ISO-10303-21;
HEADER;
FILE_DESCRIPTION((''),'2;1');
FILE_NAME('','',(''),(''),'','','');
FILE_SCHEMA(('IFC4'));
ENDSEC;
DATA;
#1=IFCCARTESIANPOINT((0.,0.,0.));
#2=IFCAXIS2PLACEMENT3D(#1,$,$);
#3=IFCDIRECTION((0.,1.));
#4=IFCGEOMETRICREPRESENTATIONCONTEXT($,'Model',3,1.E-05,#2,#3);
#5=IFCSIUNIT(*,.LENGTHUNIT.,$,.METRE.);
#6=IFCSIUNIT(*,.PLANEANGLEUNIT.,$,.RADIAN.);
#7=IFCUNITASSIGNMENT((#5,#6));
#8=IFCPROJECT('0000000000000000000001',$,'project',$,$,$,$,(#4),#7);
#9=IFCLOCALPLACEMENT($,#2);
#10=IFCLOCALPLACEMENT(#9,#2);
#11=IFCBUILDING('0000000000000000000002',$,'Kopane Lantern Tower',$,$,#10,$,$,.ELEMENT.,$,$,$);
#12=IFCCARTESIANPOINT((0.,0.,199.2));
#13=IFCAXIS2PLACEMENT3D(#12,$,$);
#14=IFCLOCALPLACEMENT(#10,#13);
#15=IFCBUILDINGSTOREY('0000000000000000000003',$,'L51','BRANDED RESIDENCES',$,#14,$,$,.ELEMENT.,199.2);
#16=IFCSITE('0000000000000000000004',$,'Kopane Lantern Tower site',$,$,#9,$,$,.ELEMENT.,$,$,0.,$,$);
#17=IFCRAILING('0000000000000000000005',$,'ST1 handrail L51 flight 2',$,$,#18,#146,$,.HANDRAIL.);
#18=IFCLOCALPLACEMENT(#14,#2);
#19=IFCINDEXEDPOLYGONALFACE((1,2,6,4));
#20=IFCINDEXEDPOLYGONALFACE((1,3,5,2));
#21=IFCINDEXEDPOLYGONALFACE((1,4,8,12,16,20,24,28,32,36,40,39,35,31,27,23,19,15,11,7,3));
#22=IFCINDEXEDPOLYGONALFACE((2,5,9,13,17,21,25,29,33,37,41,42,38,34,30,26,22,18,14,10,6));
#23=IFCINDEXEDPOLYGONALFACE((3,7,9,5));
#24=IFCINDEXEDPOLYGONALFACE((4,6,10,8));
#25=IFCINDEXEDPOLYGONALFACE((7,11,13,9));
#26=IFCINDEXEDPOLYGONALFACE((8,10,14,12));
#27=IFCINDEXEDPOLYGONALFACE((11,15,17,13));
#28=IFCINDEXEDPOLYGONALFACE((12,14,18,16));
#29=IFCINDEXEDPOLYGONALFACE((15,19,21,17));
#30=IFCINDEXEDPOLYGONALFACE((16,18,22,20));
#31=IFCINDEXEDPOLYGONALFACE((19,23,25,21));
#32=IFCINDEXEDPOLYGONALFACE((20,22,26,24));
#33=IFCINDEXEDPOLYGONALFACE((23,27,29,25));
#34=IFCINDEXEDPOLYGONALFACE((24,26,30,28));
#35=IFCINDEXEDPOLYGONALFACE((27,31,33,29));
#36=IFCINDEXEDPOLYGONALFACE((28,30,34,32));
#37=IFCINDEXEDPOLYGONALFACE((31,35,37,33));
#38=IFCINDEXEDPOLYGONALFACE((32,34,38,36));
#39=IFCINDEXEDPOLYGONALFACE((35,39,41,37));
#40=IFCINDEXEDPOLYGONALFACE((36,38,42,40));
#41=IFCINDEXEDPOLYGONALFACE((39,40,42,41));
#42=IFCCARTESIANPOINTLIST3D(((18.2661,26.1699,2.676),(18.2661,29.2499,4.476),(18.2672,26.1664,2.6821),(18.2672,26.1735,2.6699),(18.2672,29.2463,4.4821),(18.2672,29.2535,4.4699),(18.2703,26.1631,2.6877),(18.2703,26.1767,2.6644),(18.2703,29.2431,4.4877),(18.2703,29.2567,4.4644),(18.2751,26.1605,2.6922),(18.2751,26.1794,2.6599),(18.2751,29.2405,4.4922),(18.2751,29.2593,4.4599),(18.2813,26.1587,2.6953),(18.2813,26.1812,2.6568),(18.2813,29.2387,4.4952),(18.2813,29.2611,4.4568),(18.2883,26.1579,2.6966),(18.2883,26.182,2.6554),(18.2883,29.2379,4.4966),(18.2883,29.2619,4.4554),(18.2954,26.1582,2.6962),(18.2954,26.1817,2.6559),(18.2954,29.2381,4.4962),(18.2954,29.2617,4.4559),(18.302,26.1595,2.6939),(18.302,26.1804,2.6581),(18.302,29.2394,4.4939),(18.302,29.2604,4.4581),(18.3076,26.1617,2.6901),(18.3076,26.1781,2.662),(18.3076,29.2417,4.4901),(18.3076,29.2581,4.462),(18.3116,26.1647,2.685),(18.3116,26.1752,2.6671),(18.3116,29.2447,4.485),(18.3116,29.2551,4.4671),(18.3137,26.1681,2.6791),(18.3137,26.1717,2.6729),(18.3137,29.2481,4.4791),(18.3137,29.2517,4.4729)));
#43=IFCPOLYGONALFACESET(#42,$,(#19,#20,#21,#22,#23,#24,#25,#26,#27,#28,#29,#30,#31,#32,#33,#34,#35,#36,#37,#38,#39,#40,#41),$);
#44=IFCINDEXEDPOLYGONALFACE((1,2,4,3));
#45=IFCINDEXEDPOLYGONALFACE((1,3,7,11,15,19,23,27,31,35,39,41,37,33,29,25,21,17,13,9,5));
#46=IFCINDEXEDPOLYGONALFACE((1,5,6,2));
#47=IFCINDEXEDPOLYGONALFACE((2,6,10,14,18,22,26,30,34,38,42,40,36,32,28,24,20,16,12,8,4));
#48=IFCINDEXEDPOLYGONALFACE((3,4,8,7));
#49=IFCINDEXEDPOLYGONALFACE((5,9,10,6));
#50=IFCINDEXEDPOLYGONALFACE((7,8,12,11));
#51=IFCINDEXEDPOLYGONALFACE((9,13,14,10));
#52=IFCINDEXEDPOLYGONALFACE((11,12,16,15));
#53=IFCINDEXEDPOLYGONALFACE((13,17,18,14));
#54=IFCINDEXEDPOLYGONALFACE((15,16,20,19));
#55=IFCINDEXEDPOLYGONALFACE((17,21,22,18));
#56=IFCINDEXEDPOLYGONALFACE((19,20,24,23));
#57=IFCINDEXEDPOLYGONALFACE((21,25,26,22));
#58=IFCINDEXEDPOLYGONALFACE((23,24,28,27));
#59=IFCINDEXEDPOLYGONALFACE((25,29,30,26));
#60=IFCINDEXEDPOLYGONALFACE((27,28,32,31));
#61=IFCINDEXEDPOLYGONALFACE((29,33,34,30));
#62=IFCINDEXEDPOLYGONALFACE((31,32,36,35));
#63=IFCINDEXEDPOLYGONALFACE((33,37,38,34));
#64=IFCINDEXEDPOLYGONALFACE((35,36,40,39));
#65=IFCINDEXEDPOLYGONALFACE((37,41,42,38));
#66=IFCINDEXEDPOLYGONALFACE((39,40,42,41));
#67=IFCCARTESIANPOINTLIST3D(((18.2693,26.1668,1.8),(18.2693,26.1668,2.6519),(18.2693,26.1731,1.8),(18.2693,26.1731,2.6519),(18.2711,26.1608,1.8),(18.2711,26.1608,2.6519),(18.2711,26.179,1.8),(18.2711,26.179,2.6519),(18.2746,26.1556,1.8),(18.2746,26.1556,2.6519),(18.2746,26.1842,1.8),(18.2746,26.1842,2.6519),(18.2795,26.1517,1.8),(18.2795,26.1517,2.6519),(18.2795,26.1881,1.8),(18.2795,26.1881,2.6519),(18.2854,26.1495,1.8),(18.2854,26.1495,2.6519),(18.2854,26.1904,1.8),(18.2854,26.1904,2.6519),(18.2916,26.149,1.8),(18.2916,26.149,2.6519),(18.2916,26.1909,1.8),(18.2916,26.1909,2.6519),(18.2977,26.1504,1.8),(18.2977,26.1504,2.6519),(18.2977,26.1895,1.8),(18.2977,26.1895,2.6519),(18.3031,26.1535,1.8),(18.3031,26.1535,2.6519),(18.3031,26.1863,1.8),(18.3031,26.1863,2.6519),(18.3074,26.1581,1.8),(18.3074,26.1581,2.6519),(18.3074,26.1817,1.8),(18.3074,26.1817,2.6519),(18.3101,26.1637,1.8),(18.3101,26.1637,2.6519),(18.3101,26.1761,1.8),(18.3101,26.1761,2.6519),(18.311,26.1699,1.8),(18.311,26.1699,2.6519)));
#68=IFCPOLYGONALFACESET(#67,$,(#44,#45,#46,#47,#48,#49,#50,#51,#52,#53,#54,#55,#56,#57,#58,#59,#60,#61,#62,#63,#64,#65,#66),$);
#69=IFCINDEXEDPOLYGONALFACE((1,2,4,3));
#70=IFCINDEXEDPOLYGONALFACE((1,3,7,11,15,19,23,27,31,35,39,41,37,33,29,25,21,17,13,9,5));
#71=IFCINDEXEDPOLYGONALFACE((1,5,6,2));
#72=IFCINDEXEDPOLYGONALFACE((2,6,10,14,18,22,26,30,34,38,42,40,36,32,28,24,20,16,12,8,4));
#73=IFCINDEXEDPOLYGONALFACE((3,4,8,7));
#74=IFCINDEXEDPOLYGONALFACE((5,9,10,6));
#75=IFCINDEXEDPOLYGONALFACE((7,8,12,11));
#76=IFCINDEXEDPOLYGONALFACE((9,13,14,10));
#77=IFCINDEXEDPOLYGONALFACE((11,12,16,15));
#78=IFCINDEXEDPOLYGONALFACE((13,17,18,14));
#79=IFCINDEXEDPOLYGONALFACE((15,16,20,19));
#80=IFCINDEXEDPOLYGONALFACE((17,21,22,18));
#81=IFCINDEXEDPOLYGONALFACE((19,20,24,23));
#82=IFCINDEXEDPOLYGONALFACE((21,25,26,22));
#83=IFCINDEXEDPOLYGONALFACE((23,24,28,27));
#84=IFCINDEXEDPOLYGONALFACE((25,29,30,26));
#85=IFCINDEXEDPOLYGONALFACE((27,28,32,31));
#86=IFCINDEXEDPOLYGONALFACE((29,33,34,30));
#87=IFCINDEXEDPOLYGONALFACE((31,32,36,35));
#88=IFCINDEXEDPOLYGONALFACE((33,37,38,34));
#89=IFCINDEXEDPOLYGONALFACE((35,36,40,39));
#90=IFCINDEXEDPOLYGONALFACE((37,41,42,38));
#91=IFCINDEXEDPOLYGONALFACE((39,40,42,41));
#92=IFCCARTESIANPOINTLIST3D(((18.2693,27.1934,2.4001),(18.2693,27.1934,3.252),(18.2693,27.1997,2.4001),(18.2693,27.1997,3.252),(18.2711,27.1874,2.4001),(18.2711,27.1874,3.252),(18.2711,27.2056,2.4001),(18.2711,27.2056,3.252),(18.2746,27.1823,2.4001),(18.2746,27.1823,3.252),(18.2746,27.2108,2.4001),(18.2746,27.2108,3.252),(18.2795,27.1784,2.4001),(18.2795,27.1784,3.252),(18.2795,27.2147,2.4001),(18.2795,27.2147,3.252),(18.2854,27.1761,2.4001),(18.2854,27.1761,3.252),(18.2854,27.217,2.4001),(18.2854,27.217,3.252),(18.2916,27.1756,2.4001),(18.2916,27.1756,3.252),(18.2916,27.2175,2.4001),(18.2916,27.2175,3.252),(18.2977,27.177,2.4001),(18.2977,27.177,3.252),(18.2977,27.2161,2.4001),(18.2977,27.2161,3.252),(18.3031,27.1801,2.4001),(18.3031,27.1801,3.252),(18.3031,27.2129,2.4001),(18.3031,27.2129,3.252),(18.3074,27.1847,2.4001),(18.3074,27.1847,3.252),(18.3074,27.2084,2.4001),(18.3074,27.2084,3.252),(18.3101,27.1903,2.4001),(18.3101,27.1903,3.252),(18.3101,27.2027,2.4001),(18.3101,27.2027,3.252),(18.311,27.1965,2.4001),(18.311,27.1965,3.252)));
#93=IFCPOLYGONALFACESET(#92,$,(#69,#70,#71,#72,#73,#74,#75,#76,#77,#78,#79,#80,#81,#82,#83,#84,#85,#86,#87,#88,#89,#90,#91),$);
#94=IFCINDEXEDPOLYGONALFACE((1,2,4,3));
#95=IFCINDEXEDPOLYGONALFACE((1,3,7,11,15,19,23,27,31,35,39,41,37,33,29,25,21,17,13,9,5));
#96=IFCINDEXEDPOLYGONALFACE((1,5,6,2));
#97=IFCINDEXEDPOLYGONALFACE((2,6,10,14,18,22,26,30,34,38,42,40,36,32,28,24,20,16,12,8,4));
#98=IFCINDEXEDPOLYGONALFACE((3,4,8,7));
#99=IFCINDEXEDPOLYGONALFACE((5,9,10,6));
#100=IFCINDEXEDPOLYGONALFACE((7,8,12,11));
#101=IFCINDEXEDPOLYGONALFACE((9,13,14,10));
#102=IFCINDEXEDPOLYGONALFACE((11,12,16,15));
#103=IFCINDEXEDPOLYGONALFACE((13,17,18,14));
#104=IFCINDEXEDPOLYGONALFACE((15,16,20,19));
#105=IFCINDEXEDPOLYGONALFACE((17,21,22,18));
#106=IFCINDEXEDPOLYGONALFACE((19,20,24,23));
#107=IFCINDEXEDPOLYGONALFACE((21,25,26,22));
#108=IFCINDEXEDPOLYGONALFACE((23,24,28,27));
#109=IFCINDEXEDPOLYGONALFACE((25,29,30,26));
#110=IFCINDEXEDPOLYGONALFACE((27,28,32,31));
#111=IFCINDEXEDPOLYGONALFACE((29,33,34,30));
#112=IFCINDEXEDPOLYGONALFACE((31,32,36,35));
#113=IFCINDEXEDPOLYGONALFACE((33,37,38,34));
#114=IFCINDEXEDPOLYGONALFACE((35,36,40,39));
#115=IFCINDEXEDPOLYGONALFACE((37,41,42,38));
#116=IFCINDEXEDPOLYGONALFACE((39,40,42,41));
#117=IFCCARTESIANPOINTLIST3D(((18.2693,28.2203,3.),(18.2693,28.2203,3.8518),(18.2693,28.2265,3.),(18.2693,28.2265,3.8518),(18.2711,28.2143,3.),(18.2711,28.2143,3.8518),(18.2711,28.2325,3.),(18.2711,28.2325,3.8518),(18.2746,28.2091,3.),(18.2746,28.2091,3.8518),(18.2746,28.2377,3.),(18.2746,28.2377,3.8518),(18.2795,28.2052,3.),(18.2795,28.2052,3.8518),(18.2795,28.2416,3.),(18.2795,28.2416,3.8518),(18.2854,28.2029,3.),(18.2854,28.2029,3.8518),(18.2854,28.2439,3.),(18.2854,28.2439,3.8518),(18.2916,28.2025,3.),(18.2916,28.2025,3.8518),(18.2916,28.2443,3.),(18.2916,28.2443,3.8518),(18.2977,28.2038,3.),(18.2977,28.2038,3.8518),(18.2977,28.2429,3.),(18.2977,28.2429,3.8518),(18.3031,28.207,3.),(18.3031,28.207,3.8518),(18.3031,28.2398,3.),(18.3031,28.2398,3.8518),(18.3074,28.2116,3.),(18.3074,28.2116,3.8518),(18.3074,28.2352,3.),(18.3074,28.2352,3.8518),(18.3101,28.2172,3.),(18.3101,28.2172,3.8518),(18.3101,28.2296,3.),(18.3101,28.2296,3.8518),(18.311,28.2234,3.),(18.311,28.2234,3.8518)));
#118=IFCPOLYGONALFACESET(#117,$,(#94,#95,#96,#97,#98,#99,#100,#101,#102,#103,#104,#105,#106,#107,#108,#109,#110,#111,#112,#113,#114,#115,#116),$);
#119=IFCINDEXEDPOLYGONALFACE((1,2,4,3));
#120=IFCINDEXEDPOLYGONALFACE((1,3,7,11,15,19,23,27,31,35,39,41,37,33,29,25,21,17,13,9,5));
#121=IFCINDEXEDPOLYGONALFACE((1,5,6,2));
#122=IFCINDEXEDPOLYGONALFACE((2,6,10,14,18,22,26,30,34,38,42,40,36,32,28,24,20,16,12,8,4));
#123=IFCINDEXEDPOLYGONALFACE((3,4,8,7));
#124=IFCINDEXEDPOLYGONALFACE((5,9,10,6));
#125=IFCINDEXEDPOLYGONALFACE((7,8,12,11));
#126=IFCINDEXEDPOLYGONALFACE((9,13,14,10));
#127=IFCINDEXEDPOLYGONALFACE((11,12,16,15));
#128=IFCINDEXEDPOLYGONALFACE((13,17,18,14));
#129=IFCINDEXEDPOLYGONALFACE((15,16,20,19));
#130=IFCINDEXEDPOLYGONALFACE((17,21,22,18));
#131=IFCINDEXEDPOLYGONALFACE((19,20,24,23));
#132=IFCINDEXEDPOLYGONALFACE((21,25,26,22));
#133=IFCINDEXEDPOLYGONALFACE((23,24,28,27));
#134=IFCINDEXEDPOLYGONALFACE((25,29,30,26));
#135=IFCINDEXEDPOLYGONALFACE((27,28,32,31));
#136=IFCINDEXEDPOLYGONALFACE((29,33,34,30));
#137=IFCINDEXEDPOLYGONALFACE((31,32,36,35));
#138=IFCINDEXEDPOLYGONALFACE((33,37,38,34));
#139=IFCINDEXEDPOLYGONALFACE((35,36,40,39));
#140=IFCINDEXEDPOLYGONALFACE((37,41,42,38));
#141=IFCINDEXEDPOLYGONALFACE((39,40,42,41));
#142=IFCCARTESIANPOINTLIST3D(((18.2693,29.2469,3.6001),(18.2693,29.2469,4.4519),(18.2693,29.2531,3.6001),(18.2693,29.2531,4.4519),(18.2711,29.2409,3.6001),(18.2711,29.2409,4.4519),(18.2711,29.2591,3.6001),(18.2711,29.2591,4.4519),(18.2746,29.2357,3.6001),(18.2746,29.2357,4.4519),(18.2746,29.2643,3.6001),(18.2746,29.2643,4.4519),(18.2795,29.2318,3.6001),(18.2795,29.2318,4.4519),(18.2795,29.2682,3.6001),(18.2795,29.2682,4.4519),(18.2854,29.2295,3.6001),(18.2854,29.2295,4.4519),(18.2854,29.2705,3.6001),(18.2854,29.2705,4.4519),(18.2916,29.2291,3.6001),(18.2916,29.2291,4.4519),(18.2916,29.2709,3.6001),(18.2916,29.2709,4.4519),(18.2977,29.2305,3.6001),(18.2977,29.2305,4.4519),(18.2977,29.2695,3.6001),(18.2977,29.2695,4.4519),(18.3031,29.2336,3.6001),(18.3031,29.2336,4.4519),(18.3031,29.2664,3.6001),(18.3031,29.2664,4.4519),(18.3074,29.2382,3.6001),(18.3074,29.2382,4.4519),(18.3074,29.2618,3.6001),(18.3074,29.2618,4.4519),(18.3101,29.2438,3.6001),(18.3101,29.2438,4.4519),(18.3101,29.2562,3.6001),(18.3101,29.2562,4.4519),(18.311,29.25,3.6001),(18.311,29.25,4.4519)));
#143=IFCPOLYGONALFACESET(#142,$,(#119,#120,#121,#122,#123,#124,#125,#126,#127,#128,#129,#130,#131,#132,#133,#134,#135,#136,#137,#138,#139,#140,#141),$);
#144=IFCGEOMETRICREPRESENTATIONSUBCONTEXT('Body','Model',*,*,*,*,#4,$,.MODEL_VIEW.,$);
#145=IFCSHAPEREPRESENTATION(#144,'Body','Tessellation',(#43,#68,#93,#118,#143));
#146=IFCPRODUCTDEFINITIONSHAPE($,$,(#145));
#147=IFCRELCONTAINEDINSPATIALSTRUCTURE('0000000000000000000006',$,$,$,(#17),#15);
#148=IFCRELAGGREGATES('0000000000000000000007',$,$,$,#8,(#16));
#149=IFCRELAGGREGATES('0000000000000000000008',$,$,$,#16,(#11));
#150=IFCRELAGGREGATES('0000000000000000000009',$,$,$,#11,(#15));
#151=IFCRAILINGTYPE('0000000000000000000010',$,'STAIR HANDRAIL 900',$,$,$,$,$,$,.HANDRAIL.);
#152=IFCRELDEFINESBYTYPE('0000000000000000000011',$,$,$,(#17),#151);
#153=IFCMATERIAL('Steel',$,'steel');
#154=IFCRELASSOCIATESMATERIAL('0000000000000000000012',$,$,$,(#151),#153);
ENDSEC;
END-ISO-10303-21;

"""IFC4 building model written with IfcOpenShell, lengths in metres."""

from ifc_helpers import new_model, si_unit, direction, frame, origin, origin_2d, place, context, subcontext, project, spatial, circle, extrude, material, type_object, element, save


model = new_model("IFC4")

# Units and contexts
model_context = context("Model", 3, precision=1e-05, world=origin(), true_north=direction((0.0, 1.0)))
body_context = subcontext(model_context, "Body", "Model", "MODEL_VIEW")
ifc_project = project(units=[si_unit("LENGTHUNIT", "METRE"), si_unit("PLANEANGLEUNIT", "RADIAN")], contexts=[model_context])

# Site, building, storey
site_placement = place(None, origin())
site = spatial("IfcSite", under=ifc_project, at=site_placement, Name="Kopane Lantern Tower site", CompositionType="ELEMENT", RefElevation=0.0)
building_placement = place(site_placement, origin())
building = spatial("IfcBuilding", under=site, at=building_placement, Name="Kopane Lantern Tower", CompositionType="ELEMENT")
storey_placement = place(building_placement, frame((0.0, 0.0, 199.2)))
storey = spatial("IfcBuildingStorey", under=building, at=storey_placement, Name="L51", Description="BRANDED RESIDENCES", CompositionType="ELEMENT", Elevation=199.2)

# Railing
ifc_material_1 = material(Name="Steel", Category="steel")
railing_type_1 = type_object("IfcRailingType", Name="STAIR HANDRAIL 900", PredefinedType="HANDRAIL", material=ifc_material_1)
for number, where, name in (
    (1, (18.29, 26.1699, 1.8), "ST1 handrail L51 flight 2"),
):
    element("IfcRailing", number, at=place(storey_placement, frame(where)), inside=storey, type_object=railing_type_1, Name=name, PredefinedType="HANDRAIL", context=body_context, shape_type="SweptSolid", body=[
        extrude(circle(Radius=0.0239, at=origin_2d()), frame((0.0, 0.0, 0.876), z_axis=(0.0, 0.863372, 0.504569), x_axis=(-1.0, 0.0, 0.0)), (0.0, 0.0, 1.0), 3.5674),
        extrude(circle(Radius=0.021, at=origin_2d()), origin(), (0.0, 0.0, 1.0), 0.8518),
        extrude(circle(Radius=0.021, at=origin_2d()), frame((0.0, 1.0266, 0.6001)), (0.0, 0.0, 1.0), 0.8518),
        extrude(circle(Radius=0.021, at=origin_2d()), frame((0.0, 2.0535, 1.2)), (0.0, 0.0, 1.0), 0.8518),
        extrude(circle(Radius=0.021, at=origin_2d()), frame((0.0, 3.0801, 1.8)), (0.0, 0.0, 1.0), 0.8518),
    ])

save(model, "model.ifc")
